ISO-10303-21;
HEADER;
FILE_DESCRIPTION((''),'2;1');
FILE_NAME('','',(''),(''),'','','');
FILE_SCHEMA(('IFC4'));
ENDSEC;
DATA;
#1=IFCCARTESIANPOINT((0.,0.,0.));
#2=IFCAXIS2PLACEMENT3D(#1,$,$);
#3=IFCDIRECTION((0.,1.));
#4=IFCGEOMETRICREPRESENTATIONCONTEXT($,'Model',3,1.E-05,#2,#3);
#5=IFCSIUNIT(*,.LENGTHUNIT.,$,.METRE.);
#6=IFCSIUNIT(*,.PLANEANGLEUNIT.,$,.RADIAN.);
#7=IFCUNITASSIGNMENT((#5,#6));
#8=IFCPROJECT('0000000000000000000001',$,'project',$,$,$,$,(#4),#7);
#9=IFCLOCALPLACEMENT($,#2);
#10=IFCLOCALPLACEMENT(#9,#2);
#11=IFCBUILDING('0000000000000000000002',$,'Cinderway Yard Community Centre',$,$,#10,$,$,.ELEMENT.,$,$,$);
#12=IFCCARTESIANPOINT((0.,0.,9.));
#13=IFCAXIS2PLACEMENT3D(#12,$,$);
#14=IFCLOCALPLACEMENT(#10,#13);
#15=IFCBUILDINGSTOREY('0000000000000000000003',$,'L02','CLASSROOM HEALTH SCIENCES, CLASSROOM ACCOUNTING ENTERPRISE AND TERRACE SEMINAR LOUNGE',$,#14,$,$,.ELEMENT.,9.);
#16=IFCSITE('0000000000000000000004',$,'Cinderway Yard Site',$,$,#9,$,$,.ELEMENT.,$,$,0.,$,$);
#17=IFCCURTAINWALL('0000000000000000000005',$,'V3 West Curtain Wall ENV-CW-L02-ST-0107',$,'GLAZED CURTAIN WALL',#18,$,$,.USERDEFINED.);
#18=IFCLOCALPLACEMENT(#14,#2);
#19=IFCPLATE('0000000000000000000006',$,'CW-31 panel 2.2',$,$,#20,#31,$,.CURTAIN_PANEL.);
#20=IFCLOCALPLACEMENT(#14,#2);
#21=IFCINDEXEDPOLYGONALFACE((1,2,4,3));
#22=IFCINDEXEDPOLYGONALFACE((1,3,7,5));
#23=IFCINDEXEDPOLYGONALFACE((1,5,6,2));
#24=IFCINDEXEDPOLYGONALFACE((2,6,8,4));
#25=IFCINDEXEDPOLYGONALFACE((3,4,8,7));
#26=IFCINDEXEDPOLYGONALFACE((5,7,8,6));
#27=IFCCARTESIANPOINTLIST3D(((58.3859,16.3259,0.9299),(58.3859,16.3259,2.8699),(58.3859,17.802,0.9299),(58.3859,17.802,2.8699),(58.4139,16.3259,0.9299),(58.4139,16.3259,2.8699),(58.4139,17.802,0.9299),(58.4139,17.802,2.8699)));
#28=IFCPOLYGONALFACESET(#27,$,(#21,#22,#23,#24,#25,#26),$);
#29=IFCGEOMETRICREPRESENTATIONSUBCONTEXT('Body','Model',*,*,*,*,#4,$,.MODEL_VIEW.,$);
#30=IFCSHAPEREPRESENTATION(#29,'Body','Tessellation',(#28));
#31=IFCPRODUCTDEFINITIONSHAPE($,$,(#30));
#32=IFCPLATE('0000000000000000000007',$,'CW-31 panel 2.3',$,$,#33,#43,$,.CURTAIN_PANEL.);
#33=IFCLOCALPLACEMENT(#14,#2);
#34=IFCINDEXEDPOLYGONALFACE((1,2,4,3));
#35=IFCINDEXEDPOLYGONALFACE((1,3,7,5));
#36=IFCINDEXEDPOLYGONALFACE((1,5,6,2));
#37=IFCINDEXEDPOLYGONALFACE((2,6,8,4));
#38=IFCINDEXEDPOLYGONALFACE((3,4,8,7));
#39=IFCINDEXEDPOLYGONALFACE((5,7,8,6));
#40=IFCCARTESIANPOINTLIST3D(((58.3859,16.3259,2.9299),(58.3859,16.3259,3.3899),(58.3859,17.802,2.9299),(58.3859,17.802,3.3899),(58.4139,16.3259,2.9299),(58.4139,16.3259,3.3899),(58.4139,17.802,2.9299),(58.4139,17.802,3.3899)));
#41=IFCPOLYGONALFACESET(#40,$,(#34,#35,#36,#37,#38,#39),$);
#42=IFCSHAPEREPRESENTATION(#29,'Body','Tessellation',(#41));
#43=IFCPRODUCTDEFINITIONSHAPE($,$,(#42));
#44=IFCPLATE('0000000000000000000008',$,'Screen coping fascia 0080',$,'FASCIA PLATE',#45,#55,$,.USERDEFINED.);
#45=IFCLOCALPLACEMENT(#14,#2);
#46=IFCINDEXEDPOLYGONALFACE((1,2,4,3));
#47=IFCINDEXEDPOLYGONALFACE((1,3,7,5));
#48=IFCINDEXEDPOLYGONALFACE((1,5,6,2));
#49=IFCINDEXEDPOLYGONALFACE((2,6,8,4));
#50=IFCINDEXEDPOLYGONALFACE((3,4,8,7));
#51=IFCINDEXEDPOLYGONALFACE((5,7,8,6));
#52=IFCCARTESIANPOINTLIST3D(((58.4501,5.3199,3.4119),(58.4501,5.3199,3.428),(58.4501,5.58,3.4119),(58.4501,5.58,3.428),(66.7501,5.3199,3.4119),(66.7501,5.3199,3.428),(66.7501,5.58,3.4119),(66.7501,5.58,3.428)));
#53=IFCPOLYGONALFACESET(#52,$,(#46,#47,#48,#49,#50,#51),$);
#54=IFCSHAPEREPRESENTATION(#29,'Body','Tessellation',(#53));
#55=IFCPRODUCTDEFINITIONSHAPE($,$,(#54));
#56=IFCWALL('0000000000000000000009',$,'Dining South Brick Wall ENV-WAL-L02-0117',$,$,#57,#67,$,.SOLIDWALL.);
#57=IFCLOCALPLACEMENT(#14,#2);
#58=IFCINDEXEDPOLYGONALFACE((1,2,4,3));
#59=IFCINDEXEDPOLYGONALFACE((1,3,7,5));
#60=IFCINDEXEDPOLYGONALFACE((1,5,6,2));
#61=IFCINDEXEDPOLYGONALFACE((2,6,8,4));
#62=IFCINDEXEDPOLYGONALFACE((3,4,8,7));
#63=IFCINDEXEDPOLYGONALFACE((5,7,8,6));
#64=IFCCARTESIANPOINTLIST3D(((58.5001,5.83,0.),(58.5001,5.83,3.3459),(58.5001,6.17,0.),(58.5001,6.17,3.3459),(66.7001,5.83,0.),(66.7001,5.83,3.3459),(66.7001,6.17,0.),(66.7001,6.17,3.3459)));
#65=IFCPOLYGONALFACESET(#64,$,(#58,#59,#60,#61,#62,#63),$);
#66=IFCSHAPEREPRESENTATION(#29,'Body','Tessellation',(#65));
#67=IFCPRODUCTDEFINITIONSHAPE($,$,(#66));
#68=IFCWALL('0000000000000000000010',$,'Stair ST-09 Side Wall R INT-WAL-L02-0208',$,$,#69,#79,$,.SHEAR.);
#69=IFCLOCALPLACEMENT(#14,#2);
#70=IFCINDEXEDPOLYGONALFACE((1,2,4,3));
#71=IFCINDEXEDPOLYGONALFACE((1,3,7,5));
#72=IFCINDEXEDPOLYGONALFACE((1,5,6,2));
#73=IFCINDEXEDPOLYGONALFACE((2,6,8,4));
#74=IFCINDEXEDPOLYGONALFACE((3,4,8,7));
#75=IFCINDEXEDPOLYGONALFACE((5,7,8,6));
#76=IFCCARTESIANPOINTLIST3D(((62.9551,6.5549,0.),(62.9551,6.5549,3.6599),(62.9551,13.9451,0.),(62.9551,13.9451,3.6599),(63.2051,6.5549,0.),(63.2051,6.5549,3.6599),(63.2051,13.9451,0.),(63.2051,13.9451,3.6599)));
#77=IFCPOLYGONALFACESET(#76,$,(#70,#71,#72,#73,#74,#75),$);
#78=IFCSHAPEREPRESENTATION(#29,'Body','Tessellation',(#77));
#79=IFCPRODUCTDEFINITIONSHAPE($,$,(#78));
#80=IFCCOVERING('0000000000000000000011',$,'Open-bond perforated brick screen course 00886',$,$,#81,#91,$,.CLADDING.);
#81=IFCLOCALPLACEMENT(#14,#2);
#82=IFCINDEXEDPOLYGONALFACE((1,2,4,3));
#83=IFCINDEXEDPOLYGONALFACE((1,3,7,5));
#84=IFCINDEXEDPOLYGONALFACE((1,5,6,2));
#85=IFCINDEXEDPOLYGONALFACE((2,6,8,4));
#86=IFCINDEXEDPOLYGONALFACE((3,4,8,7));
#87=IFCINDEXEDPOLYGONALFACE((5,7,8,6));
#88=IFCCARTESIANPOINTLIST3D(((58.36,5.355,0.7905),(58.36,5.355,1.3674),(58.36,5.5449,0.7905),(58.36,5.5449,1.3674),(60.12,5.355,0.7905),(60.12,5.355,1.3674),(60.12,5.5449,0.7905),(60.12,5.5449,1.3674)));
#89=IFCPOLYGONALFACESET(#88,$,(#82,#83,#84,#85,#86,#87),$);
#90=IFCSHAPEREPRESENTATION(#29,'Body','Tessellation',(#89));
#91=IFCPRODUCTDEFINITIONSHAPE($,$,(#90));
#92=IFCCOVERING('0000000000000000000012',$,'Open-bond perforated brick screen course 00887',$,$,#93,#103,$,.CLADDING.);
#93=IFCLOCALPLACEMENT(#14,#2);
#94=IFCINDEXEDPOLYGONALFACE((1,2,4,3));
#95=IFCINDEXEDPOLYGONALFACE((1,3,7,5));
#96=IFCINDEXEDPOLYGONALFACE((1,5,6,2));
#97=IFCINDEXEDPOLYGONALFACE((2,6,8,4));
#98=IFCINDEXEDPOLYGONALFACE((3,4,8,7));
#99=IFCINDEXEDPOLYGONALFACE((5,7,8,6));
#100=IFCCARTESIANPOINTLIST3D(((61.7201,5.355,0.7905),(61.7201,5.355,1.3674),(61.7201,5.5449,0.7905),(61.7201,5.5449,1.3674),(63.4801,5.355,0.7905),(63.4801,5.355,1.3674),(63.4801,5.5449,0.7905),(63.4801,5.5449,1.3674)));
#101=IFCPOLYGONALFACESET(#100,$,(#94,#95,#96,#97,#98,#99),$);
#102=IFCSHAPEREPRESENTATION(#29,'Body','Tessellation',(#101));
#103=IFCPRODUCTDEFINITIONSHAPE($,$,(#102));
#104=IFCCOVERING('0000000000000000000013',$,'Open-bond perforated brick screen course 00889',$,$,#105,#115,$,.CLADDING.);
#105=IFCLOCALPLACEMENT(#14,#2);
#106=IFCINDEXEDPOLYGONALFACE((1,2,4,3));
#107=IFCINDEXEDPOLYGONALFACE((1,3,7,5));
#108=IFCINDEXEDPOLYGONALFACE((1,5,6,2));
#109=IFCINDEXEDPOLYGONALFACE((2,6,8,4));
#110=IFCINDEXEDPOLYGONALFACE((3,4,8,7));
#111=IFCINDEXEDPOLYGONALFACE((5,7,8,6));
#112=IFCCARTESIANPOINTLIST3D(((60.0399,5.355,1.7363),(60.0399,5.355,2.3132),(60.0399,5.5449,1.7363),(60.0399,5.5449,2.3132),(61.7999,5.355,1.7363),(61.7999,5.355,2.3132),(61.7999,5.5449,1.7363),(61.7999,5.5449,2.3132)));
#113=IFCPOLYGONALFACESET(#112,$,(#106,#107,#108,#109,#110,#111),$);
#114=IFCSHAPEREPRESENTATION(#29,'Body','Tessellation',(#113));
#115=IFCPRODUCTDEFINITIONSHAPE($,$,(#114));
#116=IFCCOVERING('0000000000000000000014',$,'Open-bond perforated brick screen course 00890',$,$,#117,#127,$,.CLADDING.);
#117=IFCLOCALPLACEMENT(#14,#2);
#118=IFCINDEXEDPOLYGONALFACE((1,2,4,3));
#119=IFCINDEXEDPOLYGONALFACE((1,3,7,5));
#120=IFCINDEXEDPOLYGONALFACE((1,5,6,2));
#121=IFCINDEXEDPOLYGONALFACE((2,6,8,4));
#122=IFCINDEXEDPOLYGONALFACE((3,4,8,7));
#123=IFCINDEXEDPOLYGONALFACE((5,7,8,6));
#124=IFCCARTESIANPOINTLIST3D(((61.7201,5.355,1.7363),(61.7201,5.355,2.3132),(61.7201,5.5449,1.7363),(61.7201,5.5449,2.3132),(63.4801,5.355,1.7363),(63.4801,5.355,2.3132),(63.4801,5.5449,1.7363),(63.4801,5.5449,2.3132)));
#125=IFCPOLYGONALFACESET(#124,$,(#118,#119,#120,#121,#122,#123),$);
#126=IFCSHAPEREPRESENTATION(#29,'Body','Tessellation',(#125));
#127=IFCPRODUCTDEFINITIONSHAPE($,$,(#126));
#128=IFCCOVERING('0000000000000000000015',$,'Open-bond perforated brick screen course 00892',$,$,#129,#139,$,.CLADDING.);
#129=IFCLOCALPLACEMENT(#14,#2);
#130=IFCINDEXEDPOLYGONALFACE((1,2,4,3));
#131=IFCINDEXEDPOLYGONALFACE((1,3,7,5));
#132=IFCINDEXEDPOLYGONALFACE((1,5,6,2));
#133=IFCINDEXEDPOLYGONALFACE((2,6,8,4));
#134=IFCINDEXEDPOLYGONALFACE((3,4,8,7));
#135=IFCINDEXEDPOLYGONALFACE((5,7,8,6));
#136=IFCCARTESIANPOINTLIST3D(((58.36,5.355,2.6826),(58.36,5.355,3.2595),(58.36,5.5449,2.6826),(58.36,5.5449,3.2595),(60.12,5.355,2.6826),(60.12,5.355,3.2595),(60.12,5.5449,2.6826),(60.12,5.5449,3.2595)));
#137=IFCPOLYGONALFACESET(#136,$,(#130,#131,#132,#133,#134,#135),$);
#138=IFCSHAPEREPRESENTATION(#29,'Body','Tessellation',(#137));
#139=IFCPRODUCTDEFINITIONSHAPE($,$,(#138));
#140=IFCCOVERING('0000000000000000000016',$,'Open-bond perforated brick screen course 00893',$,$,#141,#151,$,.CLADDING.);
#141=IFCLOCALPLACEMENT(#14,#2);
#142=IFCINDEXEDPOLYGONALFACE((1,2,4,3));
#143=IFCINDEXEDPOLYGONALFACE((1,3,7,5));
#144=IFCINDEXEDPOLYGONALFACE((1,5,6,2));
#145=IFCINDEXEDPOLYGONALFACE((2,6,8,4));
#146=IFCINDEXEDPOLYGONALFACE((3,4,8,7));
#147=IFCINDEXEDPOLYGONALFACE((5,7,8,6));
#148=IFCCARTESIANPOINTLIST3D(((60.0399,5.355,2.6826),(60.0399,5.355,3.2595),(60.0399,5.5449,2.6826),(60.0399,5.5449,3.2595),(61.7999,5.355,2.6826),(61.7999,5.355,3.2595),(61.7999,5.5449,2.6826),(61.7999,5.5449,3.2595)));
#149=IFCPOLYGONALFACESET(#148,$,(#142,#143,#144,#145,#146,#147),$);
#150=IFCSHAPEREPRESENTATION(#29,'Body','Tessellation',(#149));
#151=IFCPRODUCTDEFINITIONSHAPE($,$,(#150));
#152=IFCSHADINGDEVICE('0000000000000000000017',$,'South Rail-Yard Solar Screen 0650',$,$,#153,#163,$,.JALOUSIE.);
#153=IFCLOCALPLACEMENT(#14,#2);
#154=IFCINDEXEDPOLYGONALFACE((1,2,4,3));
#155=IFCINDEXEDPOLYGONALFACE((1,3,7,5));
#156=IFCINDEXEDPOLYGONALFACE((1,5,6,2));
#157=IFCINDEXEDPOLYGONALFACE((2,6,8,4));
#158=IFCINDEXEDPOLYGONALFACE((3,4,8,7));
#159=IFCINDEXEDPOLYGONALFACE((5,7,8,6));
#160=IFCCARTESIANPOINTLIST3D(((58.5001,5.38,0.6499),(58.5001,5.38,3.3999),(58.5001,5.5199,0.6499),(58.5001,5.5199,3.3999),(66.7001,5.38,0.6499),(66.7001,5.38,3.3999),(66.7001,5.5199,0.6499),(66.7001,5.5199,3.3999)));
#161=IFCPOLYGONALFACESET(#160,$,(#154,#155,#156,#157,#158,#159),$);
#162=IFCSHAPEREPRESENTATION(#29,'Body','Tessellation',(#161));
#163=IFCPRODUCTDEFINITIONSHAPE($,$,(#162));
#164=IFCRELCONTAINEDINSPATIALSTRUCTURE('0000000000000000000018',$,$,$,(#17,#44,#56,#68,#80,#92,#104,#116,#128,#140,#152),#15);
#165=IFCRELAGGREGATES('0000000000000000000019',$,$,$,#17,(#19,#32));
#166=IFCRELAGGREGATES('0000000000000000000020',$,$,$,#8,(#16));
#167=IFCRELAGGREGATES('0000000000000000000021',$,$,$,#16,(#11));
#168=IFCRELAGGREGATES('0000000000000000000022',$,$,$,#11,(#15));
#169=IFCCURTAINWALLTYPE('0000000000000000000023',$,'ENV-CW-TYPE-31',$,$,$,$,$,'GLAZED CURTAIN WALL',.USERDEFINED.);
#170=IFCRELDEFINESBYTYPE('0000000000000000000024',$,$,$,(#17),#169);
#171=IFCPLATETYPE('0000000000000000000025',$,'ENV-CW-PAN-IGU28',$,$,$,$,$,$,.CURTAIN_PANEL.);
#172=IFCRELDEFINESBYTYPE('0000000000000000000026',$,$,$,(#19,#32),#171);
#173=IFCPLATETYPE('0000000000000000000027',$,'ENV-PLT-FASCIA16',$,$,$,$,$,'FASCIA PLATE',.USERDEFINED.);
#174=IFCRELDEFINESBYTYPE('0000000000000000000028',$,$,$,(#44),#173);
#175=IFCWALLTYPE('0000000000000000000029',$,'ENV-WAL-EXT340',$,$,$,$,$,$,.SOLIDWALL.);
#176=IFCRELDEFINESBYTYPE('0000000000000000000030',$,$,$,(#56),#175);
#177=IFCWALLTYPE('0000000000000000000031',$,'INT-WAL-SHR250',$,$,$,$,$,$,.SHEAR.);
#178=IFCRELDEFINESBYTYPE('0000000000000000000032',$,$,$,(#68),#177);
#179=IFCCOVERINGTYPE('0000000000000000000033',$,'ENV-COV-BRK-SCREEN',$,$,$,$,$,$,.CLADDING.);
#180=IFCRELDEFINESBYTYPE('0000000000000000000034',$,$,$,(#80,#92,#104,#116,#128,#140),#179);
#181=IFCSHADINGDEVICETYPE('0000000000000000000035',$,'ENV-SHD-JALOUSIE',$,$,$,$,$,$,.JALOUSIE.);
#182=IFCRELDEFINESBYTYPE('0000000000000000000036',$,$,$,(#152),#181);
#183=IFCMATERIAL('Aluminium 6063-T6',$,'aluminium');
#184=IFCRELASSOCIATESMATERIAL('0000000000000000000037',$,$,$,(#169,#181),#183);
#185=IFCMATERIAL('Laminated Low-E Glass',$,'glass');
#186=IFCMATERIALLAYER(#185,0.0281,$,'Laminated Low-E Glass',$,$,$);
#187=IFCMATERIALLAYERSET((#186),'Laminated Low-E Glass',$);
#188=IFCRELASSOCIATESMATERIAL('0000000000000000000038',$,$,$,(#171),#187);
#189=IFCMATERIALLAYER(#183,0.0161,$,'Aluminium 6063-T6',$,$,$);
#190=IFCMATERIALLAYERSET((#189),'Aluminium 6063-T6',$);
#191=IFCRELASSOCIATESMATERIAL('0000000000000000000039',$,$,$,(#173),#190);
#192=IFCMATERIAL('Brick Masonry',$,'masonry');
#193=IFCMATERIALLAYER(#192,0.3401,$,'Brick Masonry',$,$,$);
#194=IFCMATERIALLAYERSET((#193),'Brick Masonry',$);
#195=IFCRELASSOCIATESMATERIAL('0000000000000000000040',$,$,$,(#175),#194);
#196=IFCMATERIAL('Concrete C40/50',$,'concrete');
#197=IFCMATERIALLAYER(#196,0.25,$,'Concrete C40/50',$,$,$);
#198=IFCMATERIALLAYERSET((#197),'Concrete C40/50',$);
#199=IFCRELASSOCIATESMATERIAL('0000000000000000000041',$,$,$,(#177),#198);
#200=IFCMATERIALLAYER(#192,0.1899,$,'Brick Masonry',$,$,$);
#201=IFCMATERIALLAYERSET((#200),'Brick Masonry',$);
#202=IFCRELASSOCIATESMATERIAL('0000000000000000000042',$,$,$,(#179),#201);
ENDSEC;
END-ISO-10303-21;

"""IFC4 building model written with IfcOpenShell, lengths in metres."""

from ifc_helpers import new_model, si_unit, direction, frame, frame_2d, origin, origin_2d, place, context, subcontext, project, spatial, rectangle, extrude, material, layer, layer_set, type_object, element, aggregate, save


model = new_model("IFC4")

# Units and contexts
model_context = context("Model", 3, precision=1e-05, world=origin(), true_north=direction((0.0, 1.0)))
body_context = subcontext(model_context, "Body", "Model", "MODEL_VIEW")
ifc_project = project(units=[si_unit("LENGTHUNIT", "METRE"), si_unit("PLANEANGLEUNIT", "RADIAN")], contexts=[model_context])

# Site, building, storey
site_placement = place(None, origin())
site = spatial("IfcSite", under=ifc_project, at=site_placement, Name="Cinderway Yard Site", CompositionType="ELEMENT", RefElevation=0.0)
building_placement = place(site_placement, origin())
building = spatial("IfcBuilding", under=site, at=building_placement, Name="Cinderway Yard Community Centre", CompositionType="ELEMENT")
storey_placement = place(building_placement, frame((0.0, 0.0, 9.0)))
storey = spatial("IfcBuildingStorey", under=building, at=storey_placement, Name="L02", Description="CLASSROOM HEALTH SCIENCES, CLASSROOM ACCOUNTING ENTERPRISE AND TERRACE SEMINAR LOUNGE", CompositionType="ELEMENT", Elevation=9.0)

# Curtain wall
ifc_material_1 = material(Name="Aluminium 6063-T6", Category="aluminium")
curtain_wall_type = type_object("IfcCurtainWallType", Name="ENV-CW-TYPE-31", ElementType="GLAZED CURTAIN WALL", PredefinedType="USERDEFINED", material=ifc_material_1)
curtain_wall_placement = place(storey_placement, origin())
curtain_wall = element("IfcCurtainWall", 1, at=curtain_wall_placement, inside=storey, type_object=curtain_wall_type, Name="V3 West Curtain Wall ENV-CW-L02-ST-0107", ObjectType="GLAZED CURTAIN WALL", PredefinedType="USERDEFINED")

# Plates
ifc_material_2 = material(Name="Laminated Low-E Glass", Category="glass")
ifc_layer_1 = layer(ifc_material_2, 0.0281, Name="Laminated Low-E Glass")
ifc_layer_set_1 = layer_set([ifc_layer_1], Name="Laminated Low-E Glass")
plate_type_1 = type_object("IfcPlateType", Name="ENV-CW-PAN-IGU28", PredefinedType="CURTAIN_PANEL", material=ifc_layer_set_1)
plate_1_placement = place(storey_placement, frame((58.3999, 17.064, 0.9299), z_axis=(0.0, 0.0, 1.0), x_axis=(0.0, 1.0, 0.0)))
plate_1 = element("IfcPlate", 2, at=plate_1_placement, type_object=plate_type_1, Name="CW-31 panel 2.2", PredefinedType="CURTAIN_PANEL", context=body_context, shape_type="SweptSolid", body=[
    extrude(rectangle(XDim=1.4761, YDim=0.0281, at=origin_2d()), origin(), (0.0, 0.0, 1.0), 1.9399),
])
plate_2_placement = place(storey_placement, frame((58.3999, 17.064, 2.9299), z_axis=(0.0, 0.0, 1.0), x_axis=(0.0, 1.0, 0.0)))
plate_2 = element("IfcPlate", 3, at=plate_2_placement, type_object=plate_type_1, Name="CW-31 panel 2.3", PredefinedType="CURTAIN_PANEL", context=body_context, shape_type="SweptSolid", body=[
    extrude(rectangle(XDim=1.4761, YDim=0.0281, at=origin_2d()), origin(), (0.0, 0.0, 1.0), 0.46),
])
aggregate(curtain_wall, [plate_1, plate_2])
ifc_layer_2 = layer(ifc_material_1, 0.0161, Name="Aluminium 6063-T6")
ifc_layer_set_2 = layer_set([ifc_layer_2], Name="Aluminium 6063-T6")
plate_type_2 = type_object("IfcPlateType", Name="ENV-PLT-FASCIA16", ElementType="FASCIA PLATE", PredefinedType="USERDEFINED", material=ifc_layer_set_2)
plate_3_placement = place(storey_placement, frame((62.6001, 5.45, 3.4119), z_axis=(0.0, 0.0, 1.0), x_axis=(-1.0, 0.0, 0.0)))
element("IfcPlate", 4, at=plate_3_placement, inside=storey, type_object=plate_type_2, Name="Screen coping fascia 0080", ObjectType="FASCIA PLATE", PredefinedType="USERDEFINED", context=body_context, shape_type="SweptSolid", body=[
    extrude(rectangle(XDim=8.3, YDim=0.26, at=origin_2d()), origin(), (0.0, 0.0, 1.0), 0.0161),
])

# Wall
ifc_material_3 = material(Name="Brick Masonry", Category="masonry")
ifc_layer_3 = layer(ifc_material_3, 0.3401, Name="Brick Masonry")
ifc_layer_set_3 = layer_set([ifc_layer_3], Name="Brick Masonry")
wall_type_1 = type_object("IfcWallType", Name="ENV-WAL-EXT340", PredefinedType="SOLIDWALL", material=ifc_layer_set_3)
wall_1_placement = place(storey_placement, frame((58.5, 6.0, 0.0), z_axis=(0.0, 0.0, 1.0), x_axis=(1.0, 0.0, 0.0)))
element("IfcWall", 5, at=wall_1_placement, inside=storey, type_object=wall_type_1, Name="Dining South Brick Wall ENV-WAL-L02-0117", PredefinedType="SOLIDWALL", context=body_context, shape_type="SweptSolid", body=[
    extrude(rectangle(XDim=8.2, YDim=0.3401, at=frame_2d((4.1001, 0.0))), origin(), (0.0, 0.0, 1.0), 3.3459),
])

# Shared definitions
ifc_material_4 = material(Name="Concrete C40/50", Category="concrete")
ifc_layer_4 = layer(ifc_material_4, 0.25, Name="Concrete C40/50")
ifc_layer_set_4 = layer_set([ifc_layer_4], Name="Concrete C40/50")
wall_type_2 = type_object("IfcWallType", Name="INT-WAL-SHR250", PredefinedType="SHEAR", material=ifc_layer_set_4)

# Wall
wall_2_placement = place(storey_placement, frame((63.0801, 6.5549, 0.0), z_axis=(0.0, 0.0, 1.0), x_axis=(0.0, 1.0, 0.0)))
element("IfcWall", 6, at=wall_2_placement, inside=storey, type_object=wall_type_2, Name="Stair ST-09 Side Wall R INT-WAL-L02-0208", PredefinedType="SHEAR", context=body_context, shape_type="SweptSolid", body=[
    extrude(rectangle(XDim=7.3901, YDim=0.25, at=frame_2d((3.6951, 0.0))), origin(), (0.0, 0.0, 1.0), 3.6599),
])

# Coverings
ifc_layer_5 = layer(ifc_material_3, 0.1899, Name="Brick Masonry")
ifc_layer_set_5 = layer_set([ifc_layer_5], Name="Brick Masonry")
covering_type = type_object("IfcCoveringType", Name="ENV-COV-BRK-SCREEN", PredefinedType="CLADDING", material=ifc_layer_set_5)
for number, where, z_axis, x_axis, name in (
    (7, (59.24, 5.45, 0.7905), (0.0, 0.0, 1.0), (-1.0, 0.0, 0.0), "Open-bond perforated brick screen course 00886"),
    (8, (62.6001, 5.45, 0.7905), (0.0, 0.0, 1.0), (-1.0, 0.0, 0.0), "Open-bond perforated brick screen course 00887"),
    (9, (60.9199, 5.45, 1.7363), (0.0, 0.0, 1.0), (-1.0, 0.0, 0.0), "Open-bond perforated brick screen course 00889"),
    (10, (62.6001, 5.45, 1.7363), (0.0, 0.0, 1.0), (-1.0, 0.0, 0.0), "Open-bond perforated brick screen course 00890"),
    (11, (59.24, 5.45, 2.6826), (0.0, 0.0, 1.0), (-1.0, 0.0, 0.0), "Open-bond perforated brick screen course 00892"),
    (12, (60.9199, 5.45, 2.6826), (0.0, 0.0, 1.0), (-1.0, 0.0, 0.0), "Open-bond perforated brick screen course 00893"),
):
    element("IfcCovering", number, at=place(storey_placement, frame(where, z_axis=z_axis, x_axis=x_axis)), inside=storey, type_object=covering_type, Name=name, PredefinedType="CLADDING", context=body_context, shape_type="SweptSolid", body=[
        extrude(rectangle(XDim=1.76, YDim=0.1899, at=origin_2d()), origin(), (0.0, 0.0, 1.0), 0.5769),
    ])

# Shading device
shading_device_type = type_object("IfcShadingDeviceType", Name="ENV-SHD-JALOUSIE", PredefinedType="JALOUSIE", material=ifc_material_1)
shading_device_placement = place(storey_placement, frame((62.6001, 5.45, 0.6499), z_axis=(0.0, 0.0, 1.0), x_axis=(-1.0, 0.0, 0.0)))
element("IfcShadingDevice", 13, at=shading_device_placement, inside=storey, type_object=shading_device_type, Name="South Rail-Yard Solar Screen 0650", PredefinedType="JALOUSIE", context=body_context, shape_type="SweptSolid", body=[
    extrude(rectangle(XDim=8.2, YDim=0.1399, at=origin_2d()), origin(), (0.0, 0.0, 1.0), 2.75),
])

save(model, "model.ifc")
